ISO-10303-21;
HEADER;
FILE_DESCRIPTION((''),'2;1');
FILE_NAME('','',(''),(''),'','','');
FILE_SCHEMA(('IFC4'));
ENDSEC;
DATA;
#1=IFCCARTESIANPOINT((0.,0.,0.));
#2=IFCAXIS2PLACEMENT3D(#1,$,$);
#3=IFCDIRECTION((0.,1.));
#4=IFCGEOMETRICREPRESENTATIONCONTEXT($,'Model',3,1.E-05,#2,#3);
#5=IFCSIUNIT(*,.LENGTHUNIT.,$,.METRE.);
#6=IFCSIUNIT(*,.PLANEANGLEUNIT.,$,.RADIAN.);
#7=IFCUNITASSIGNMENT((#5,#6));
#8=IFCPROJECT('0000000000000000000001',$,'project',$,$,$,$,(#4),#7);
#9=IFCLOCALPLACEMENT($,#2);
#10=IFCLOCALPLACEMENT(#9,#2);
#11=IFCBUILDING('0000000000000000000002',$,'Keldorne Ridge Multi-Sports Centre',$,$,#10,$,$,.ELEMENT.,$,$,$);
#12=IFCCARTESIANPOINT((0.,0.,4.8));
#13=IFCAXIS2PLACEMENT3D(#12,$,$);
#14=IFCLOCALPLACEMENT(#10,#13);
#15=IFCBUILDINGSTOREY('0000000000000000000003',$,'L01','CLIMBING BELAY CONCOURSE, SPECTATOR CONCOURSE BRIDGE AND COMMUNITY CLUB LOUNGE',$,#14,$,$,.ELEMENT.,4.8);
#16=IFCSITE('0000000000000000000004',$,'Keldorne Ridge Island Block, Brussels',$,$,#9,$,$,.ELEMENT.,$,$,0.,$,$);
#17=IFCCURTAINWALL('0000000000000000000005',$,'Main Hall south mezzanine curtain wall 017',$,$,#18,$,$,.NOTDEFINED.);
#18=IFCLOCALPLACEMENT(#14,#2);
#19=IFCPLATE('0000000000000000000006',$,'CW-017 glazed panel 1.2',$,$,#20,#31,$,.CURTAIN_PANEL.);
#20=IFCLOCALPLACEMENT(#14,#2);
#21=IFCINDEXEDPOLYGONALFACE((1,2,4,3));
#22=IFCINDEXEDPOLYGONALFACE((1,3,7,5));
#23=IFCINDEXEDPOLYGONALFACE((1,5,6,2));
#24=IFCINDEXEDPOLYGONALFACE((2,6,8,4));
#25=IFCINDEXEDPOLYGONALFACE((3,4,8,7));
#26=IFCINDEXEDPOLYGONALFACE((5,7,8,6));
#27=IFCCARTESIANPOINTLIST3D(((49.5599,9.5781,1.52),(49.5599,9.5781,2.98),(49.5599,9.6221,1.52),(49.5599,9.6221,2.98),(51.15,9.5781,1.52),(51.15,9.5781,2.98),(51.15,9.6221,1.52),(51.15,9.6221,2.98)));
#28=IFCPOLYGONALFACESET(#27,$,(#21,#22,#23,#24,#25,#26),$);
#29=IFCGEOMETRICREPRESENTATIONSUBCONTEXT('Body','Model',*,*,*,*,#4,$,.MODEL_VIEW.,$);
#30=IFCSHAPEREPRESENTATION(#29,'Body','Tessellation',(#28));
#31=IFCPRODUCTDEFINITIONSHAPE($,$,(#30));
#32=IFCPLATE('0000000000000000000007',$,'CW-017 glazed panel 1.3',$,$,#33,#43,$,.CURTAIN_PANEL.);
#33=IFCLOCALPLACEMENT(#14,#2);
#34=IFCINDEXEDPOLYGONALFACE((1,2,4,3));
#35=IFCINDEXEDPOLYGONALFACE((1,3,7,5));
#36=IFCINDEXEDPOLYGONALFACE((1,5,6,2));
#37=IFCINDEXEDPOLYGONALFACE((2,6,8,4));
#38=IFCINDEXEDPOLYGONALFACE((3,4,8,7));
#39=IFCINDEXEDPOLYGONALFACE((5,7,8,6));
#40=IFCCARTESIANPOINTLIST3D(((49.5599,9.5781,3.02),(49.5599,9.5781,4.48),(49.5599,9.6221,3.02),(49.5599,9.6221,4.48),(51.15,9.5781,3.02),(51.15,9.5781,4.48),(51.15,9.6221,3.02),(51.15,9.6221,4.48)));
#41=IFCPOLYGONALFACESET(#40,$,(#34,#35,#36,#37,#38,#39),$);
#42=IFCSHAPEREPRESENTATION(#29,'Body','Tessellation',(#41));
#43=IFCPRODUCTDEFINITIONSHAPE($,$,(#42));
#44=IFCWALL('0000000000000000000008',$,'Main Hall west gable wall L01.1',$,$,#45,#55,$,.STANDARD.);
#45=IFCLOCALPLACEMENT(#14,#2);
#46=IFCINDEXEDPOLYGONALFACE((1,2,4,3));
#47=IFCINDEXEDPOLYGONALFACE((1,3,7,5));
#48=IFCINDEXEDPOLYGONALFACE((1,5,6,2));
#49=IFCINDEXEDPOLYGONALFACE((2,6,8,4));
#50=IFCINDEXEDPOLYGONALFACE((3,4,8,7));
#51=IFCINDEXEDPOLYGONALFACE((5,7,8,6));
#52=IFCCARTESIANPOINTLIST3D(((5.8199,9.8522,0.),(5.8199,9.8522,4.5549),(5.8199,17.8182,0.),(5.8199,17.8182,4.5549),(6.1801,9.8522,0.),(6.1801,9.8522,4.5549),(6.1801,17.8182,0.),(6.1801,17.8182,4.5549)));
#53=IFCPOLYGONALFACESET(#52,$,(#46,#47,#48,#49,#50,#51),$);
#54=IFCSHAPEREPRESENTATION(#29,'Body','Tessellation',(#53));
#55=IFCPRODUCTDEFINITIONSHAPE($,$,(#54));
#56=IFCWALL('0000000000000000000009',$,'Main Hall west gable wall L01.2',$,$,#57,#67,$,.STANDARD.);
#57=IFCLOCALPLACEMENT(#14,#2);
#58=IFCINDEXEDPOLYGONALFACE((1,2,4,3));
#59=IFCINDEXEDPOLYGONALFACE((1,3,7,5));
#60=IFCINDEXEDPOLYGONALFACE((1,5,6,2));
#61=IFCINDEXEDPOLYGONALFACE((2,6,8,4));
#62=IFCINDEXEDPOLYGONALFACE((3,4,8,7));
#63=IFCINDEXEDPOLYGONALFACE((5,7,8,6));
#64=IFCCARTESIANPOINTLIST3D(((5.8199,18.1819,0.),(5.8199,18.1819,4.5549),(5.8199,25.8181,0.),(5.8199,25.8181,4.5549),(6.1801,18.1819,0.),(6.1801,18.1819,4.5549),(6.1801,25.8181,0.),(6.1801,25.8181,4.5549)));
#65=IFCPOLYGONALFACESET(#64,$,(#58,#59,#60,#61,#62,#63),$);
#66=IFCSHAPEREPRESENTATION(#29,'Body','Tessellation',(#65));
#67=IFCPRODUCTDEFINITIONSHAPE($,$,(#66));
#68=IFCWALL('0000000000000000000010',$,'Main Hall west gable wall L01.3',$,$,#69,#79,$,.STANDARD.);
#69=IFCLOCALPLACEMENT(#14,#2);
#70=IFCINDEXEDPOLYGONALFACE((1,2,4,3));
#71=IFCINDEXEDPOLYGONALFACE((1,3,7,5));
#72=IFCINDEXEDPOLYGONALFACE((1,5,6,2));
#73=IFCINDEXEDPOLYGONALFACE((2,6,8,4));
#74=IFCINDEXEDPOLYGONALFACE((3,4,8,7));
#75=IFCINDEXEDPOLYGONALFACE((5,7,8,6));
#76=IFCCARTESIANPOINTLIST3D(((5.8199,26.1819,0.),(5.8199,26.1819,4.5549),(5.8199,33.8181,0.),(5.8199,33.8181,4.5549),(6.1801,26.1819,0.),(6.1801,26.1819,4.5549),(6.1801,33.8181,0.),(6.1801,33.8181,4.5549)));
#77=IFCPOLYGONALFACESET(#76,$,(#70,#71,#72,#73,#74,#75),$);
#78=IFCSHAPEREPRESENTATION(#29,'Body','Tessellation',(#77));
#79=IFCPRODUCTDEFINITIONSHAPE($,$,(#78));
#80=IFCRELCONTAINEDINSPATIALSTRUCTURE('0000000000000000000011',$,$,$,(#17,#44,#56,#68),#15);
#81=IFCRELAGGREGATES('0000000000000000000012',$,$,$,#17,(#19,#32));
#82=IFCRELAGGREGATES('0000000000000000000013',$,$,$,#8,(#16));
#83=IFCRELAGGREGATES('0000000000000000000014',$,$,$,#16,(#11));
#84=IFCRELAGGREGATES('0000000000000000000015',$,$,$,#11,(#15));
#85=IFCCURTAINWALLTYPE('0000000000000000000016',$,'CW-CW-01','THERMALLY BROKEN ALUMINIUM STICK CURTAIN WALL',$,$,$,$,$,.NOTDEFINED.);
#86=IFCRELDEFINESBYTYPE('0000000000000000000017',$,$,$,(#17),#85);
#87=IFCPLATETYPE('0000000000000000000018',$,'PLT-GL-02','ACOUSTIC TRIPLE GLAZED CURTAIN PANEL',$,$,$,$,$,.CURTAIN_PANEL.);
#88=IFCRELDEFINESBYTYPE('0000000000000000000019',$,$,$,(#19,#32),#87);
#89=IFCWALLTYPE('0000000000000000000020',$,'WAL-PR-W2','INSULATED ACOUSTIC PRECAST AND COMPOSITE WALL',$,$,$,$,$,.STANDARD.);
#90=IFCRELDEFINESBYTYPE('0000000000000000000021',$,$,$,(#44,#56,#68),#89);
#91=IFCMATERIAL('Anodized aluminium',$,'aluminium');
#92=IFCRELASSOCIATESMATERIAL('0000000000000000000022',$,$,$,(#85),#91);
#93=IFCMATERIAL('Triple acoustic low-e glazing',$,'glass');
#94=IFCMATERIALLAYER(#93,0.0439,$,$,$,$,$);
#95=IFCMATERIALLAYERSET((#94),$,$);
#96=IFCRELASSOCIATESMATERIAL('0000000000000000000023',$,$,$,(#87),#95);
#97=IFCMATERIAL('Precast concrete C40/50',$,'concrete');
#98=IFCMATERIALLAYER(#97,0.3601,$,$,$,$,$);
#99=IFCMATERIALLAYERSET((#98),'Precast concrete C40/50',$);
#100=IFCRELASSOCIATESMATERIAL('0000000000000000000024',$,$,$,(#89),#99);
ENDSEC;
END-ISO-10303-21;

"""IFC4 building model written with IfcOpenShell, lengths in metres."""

from ifc_helpers import new_model, si_unit, direction, frame, frame_2d, origin, origin_2d, place, context, subcontext, project, spatial, rectangle, extrude, material, layer, layer_set, type_object, element, aggregate, save


model = new_model("IFC4")

# Units and contexts
model_context = context("Model", 3, precision=1e-05, world=origin(), true_north=direction((0.0, 1.0)))
body_context = subcontext(model_context, "Body", "Model", "MODEL_VIEW")
ifc_project = project(units=[si_unit("LENGTHUNIT", "METRE"), si_unit("PLANEANGLEUNIT", "RADIAN")], contexts=[model_context])

# Site, building, storey
site_placement = place(None, origin())
site = spatial("IfcSite", under=ifc_project, at=site_placement, Name="Keldorne Ridge Island Block, Brussels", CompositionType="ELEMENT", RefElevation=0.0)
building_placement = place(site_placement, origin())
building = spatial("IfcBuilding", under=site, at=building_placement, Name="Keldorne Ridge Multi-Sports Centre", CompositionType="ELEMENT")
storey_placement = place(building_placement, frame((0.0, 0.0, 4.8)))
storey = spatial("IfcBuildingStorey", under=building, at=storey_placement, Name="L01", Description="CLIMBING BELAY CONCOURSE, SPECTATOR CONCOURSE BRIDGE AND COMMUNITY CLUB LOUNGE", CompositionType="ELEMENT", Elevation=4.8)

# Curtain wall
ifc_material_1 = material(Name="Anodized aluminium", Category="aluminium")
curtain_wall_type_1 = type_object("IfcCurtainWallType", Name="CW-CW-01", Description="THERMALLY BROKEN ALUMINIUM STICK CURTAIN WALL", PredefinedType="NOTDEFINED", material=ifc_material_1)
curtain_wall_1_placement = place(storey_placement, origin())
curtain_wall_1 = element("IfcCurtainWall", 1, at=curtain_wall_1_placement, inside=storey, type_object=curtain_wall_type_1, Name="Main Hall south mezzanine curtain wall 017", PredefinedType="NOTDEFINED")

# Plates
ifc_material_2 = material(Name="Triple acoustic low-e glazing", Category="glass")
ifc_layer_1 = layer(ifc_material_2, 0.0439)
ifc_layer_set_1 = layer_set([ifc_layer_1])
plate_type = type_object("IfcPlateType", Name="PLT-GL-02", Description="ACOUSTIC TRIPLE GLAZED CURTAIN PANEL", PredefinedType="CURTAIN_PANEL", material=ifc_layer_set_1)
plate_1_placement = place(storey_placement, frame((50.355, 9.6001, 1.52), z_axis=(0.0, 0.0, 1.0), x_axis=(1.0, 0.0, 0.0)))
plate_1 = element("IfcPlate", 2, at=plate_1_placement, type_object=plate_type, Name="CW-017 glazed panel 1.2", PredefinedType="CURTAIN_PANEL", context=body_context, shape_type="SweptSolid", body=[
    extrude(rectangle(XDim=1.5901, YDim=0.0439, at=origin_2d()), origin(), (0.0, 0.0, 1.0), 1.46),
])
plate_2_placement = place(storey_placement, frame((50.355, 9.6001, 3.02), z_axis=(0.0, 0.0, 1.0), x_axis=(1.0, 0.0, 0.0)))
plate_2 = element("IfcPlate", 3, at=plate_2_placement, type_object=plate_type, Name="CW-017 glazed panel 1.3", PredefinedType="CURTAIN_PANEL", context=body_context, shape_type="SweptSolid", body=[
    extrude(rectangle(XDim=1.5901, YDim=0.0439, at=origin_2d()), origin(), (0.0, 0.0, 1.0), 1.46),
])
aggregate(curtain_wall_1, [plate_1, plate_2])

# Walls
ifc_material_3 = material(Name="Precast concrete C40/50", Category="concrete")
ifc_layer_2 = layer(ifc_material_3, 0.3601)
ifc_layer_set_2 = layer_set([ifc_layer_2], Name="Precast concrete C40/50")
wall_type = type_object("IfcWallType", Name="WAL-PR-W2", Description="INSULATED ACOUSTIC PRECAST AND COMPOSITE WALL", PredefinedType="STANDARD", material=ifc_layer_set_2)
wall_placement = place(storey_placement, frame((6.0, 17.8181, 0.0), z_axis=(0.0, 0.0, 1.0), x_axis=(0.0, -1.0, 0.0)))
element("IfcWall", 4, at=wall_placement, inside=storey, type_object=wall_type, Name="Main Hall west gable wall L01.1", PredefinedType="STANDARD", context=body_context, shape_type="SweptSolid", body=[
    extrude(rectangle(XDim=7.9661, YDim=0.3601, at=frame_2d((3.9829, 0.0))), origin(), (0.0, 0.0, 1.0), 4.5549),
])
for number, where, z_axis, x_axis, name in (
    (5, (6.0, 25.8181, 0.0), (0.0, 0.0, 1.0), (0.0, -1.0, 0.0), "Main Hall west gable wall L01.2"),
    (6, (6.0, 33.8181, 0.0), (0.0, 0.0, 1.0), (0.0, -1.0, 0.0), "Main Hall west gable wall L01.3"),
):
    element("IfcWall", number, at=place(storey_placement, frame(where, z_axis=z_axis, x_axis=x_axis)), inside=storey, type_object=wall_type, Name=name, PredefinedType="STANDARD", context=body_context, shape_type="SweptSolid", body=[
        extrude(rectangle(XDim=7.6362, YDim=0.3601, at=frame_2d((3.8181, 0.0))), origin(), (0.0, 0.0, 1.0), 4.5549),
    ])

save(model, "model.ifc")
